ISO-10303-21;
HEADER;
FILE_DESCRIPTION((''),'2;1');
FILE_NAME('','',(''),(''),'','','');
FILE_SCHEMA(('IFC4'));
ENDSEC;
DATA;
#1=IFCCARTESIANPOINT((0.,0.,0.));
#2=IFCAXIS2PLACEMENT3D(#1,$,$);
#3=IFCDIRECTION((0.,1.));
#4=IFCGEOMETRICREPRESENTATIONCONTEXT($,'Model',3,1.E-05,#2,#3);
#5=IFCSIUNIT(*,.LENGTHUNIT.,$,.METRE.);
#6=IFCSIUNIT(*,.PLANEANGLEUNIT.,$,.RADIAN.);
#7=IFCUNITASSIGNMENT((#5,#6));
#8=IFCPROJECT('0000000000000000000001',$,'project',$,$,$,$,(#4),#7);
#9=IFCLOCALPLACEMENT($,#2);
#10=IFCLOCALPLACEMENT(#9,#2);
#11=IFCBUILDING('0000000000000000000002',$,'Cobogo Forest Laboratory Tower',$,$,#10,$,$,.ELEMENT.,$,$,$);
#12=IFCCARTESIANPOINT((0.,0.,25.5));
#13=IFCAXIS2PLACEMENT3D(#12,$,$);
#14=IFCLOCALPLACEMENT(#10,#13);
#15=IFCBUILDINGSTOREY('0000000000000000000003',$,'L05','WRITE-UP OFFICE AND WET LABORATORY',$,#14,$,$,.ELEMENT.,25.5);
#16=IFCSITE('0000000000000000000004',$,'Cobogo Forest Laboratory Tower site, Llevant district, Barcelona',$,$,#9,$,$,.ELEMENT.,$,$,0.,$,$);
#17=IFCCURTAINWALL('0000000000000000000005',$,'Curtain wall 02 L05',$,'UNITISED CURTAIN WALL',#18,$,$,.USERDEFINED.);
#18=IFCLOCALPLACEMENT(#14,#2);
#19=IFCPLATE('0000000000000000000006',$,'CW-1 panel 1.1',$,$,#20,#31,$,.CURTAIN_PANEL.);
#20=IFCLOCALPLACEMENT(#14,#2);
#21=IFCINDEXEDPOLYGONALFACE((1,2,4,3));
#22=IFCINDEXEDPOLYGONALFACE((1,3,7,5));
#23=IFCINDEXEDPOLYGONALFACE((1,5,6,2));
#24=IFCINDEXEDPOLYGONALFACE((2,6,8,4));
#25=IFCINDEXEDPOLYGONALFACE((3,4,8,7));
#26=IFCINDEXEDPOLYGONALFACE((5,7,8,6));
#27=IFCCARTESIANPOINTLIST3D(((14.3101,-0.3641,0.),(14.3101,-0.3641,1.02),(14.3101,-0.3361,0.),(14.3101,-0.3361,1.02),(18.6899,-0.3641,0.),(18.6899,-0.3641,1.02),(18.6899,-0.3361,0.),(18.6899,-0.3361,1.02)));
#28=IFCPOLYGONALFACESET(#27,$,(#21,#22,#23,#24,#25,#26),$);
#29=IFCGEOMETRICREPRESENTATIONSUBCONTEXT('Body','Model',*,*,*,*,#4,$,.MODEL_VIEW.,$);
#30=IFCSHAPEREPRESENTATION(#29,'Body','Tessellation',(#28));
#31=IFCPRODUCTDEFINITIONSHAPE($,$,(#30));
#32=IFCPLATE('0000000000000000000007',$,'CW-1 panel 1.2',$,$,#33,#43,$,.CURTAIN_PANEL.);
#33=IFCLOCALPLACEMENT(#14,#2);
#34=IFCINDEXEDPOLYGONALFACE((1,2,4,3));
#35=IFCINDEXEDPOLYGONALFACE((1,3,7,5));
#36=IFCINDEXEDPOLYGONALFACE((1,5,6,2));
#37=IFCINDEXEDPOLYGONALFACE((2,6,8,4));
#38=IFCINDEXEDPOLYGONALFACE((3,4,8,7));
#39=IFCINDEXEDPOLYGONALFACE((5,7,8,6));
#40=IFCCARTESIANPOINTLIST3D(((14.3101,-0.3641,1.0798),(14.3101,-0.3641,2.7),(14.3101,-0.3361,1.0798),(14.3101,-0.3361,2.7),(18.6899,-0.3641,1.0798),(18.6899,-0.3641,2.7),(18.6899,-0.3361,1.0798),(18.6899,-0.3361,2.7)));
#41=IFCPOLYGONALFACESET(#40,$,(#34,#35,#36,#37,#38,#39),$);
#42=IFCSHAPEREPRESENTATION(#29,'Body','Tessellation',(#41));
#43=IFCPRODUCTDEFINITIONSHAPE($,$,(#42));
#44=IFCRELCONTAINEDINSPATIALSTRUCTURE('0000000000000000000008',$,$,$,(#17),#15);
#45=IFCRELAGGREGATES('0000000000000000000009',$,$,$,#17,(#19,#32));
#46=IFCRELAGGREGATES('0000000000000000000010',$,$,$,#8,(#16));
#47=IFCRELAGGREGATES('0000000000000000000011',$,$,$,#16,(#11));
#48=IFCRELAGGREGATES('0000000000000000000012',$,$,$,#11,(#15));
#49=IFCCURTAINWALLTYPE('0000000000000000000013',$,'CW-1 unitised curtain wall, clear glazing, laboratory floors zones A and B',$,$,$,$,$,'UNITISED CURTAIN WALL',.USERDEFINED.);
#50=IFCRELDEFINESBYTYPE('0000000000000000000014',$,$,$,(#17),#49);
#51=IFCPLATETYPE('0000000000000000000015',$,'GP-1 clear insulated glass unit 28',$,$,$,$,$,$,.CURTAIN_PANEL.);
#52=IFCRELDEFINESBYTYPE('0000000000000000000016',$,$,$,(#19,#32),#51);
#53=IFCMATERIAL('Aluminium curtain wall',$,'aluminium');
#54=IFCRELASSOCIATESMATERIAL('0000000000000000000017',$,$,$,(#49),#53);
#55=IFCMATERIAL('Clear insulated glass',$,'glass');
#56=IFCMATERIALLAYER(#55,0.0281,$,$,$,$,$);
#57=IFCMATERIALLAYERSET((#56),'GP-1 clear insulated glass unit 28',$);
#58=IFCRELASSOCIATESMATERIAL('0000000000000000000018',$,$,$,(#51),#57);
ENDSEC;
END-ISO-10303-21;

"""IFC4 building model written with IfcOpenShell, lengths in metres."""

from ifc_helpers import new_model, si_unit, direction, frame, origin, origin_2d, place, context, subcontext, project, spatial, rectangle, extrude, material, layer, layer_set, type_object, element, aggregate, save


model = new_model("IFC4")

# Units and contexts
model_context = context("Model", 3, precision=1e-05, world=origin(), true_north=direction((0.0, 1.0)))
body_context = subcontext(model_context, "Body", "Model", "MODEL_VIEW")
ifc_project = project(units=[si_unit("LENGTHUNIT", "METRE"), si_unit("PLANEANGLEUNIT", "RADIAN")], contexts=[model_context])

# Site, building, storey
site_placement = place(None, origin())
site = spatial("IfcSite", under=ifc_project, at=site_placement, Name="Cobogo Forest Laboratory Tower site, Llevant district, Barcelona", CompositionType="ELEMENT", RefElevation=0.0)
building_placement = place(site_placement, origin())
building = spatial("IfcBuilding", under=site, at=building_placement, Name="Cobogo Forest Laboratory Tower", CompositionType="ELEMENT")
storey_placement = place(building_placement, frame((0.0, 0.0, 25.5)))
storey = spatial("IfcBuildingStorey", under=building, at=storey_placement, Name="L05", Description="WRITE-UP OFFICE AND WET LABORATORY", CompositionType="ELEMENT", Elevation=25.5)

# Curtain wall
ifc_material_1 = material(Name="Aluminium curtain wall", Category="aluminium")
curtain_wall_type = type_object("IfcCurtainWallType", Name="CW-1 unitised curtain wall, clear glazing, laboratory floors zones A and B", ElementType="UNITISED CURTAIN WALL", PredefinedType="USERDEFINED", material=ifc_material_1)
curtain_wall_1_placement = place(storey_placement, origin())
curtain_wall_1 = element("IfcCurtainWall", 1, at=curtain_wall_1_placement, inside=storey, type_object=curtain_wall_type, Name="Curtain wall 02 L05", ObjectType="UNITISED CURTAIN WALL", PredefinedType="USERDEFINED")

# Plates
ifc_material_2 = material(Name="Clear insulated glass", Category="glass")
ifc_layer = layer(ifc_material_2, 0.0281)
ifc_layer_set = layer_set([ifc_layer], Name="GP-1 clear insulated glass unit 28")
plate_type_1 = type_object("IfcPlateType", Name="GP-1 clear insulated glass unit 28", PredefinedType="CURTAIN_PANEL", material=ifc_layer_set)
plate_1_placement = place(storey_placement, frame((16.5, -0.3501, 0.0), z_axis=(0.0, 0.0, 1.0), x_axis=(1.0, 0.0, 0.0)))
plate_1 = element("IfcPlate", 2, at=plate_1_placement, type_object=plate_type_1, Name="CW-1 panel 1.1", PredefinedType="CURTAIN_PANEL", context=body_context, shape_type="SweptSolid", body=[
    extrude(rectangle(XDim=4.3799, YDim=0.0281, at=origin_2d()), origin(), (0.0, 0.0, 1.0), 1.02),
])
plate_2_placement = place(storey_placement, frame((16.5, -0.3501, 1.0798), z_axis=(0.0, 0.0, 1.0), x_axis=(1.0, 0.0, 0.0)))
plate_2 = element("IfcPlate", 3, at=plate_2_placement, type_object=plate_type_1, Name="CW-1 panel 1.2", PredefinedType="CURTAIN_PANEL", context=body_context, shape_type="SweptSolid", body=[
    extrude(rectangle(XDim=4.3799, YDim=0.0281, at=origin_2d()), origin(), (0.0, 0.0, 1.0), 1.6201),
])
aggregate(curtain_wall_1, [plate_1, plate_2])

save(model, "model.ifc")
